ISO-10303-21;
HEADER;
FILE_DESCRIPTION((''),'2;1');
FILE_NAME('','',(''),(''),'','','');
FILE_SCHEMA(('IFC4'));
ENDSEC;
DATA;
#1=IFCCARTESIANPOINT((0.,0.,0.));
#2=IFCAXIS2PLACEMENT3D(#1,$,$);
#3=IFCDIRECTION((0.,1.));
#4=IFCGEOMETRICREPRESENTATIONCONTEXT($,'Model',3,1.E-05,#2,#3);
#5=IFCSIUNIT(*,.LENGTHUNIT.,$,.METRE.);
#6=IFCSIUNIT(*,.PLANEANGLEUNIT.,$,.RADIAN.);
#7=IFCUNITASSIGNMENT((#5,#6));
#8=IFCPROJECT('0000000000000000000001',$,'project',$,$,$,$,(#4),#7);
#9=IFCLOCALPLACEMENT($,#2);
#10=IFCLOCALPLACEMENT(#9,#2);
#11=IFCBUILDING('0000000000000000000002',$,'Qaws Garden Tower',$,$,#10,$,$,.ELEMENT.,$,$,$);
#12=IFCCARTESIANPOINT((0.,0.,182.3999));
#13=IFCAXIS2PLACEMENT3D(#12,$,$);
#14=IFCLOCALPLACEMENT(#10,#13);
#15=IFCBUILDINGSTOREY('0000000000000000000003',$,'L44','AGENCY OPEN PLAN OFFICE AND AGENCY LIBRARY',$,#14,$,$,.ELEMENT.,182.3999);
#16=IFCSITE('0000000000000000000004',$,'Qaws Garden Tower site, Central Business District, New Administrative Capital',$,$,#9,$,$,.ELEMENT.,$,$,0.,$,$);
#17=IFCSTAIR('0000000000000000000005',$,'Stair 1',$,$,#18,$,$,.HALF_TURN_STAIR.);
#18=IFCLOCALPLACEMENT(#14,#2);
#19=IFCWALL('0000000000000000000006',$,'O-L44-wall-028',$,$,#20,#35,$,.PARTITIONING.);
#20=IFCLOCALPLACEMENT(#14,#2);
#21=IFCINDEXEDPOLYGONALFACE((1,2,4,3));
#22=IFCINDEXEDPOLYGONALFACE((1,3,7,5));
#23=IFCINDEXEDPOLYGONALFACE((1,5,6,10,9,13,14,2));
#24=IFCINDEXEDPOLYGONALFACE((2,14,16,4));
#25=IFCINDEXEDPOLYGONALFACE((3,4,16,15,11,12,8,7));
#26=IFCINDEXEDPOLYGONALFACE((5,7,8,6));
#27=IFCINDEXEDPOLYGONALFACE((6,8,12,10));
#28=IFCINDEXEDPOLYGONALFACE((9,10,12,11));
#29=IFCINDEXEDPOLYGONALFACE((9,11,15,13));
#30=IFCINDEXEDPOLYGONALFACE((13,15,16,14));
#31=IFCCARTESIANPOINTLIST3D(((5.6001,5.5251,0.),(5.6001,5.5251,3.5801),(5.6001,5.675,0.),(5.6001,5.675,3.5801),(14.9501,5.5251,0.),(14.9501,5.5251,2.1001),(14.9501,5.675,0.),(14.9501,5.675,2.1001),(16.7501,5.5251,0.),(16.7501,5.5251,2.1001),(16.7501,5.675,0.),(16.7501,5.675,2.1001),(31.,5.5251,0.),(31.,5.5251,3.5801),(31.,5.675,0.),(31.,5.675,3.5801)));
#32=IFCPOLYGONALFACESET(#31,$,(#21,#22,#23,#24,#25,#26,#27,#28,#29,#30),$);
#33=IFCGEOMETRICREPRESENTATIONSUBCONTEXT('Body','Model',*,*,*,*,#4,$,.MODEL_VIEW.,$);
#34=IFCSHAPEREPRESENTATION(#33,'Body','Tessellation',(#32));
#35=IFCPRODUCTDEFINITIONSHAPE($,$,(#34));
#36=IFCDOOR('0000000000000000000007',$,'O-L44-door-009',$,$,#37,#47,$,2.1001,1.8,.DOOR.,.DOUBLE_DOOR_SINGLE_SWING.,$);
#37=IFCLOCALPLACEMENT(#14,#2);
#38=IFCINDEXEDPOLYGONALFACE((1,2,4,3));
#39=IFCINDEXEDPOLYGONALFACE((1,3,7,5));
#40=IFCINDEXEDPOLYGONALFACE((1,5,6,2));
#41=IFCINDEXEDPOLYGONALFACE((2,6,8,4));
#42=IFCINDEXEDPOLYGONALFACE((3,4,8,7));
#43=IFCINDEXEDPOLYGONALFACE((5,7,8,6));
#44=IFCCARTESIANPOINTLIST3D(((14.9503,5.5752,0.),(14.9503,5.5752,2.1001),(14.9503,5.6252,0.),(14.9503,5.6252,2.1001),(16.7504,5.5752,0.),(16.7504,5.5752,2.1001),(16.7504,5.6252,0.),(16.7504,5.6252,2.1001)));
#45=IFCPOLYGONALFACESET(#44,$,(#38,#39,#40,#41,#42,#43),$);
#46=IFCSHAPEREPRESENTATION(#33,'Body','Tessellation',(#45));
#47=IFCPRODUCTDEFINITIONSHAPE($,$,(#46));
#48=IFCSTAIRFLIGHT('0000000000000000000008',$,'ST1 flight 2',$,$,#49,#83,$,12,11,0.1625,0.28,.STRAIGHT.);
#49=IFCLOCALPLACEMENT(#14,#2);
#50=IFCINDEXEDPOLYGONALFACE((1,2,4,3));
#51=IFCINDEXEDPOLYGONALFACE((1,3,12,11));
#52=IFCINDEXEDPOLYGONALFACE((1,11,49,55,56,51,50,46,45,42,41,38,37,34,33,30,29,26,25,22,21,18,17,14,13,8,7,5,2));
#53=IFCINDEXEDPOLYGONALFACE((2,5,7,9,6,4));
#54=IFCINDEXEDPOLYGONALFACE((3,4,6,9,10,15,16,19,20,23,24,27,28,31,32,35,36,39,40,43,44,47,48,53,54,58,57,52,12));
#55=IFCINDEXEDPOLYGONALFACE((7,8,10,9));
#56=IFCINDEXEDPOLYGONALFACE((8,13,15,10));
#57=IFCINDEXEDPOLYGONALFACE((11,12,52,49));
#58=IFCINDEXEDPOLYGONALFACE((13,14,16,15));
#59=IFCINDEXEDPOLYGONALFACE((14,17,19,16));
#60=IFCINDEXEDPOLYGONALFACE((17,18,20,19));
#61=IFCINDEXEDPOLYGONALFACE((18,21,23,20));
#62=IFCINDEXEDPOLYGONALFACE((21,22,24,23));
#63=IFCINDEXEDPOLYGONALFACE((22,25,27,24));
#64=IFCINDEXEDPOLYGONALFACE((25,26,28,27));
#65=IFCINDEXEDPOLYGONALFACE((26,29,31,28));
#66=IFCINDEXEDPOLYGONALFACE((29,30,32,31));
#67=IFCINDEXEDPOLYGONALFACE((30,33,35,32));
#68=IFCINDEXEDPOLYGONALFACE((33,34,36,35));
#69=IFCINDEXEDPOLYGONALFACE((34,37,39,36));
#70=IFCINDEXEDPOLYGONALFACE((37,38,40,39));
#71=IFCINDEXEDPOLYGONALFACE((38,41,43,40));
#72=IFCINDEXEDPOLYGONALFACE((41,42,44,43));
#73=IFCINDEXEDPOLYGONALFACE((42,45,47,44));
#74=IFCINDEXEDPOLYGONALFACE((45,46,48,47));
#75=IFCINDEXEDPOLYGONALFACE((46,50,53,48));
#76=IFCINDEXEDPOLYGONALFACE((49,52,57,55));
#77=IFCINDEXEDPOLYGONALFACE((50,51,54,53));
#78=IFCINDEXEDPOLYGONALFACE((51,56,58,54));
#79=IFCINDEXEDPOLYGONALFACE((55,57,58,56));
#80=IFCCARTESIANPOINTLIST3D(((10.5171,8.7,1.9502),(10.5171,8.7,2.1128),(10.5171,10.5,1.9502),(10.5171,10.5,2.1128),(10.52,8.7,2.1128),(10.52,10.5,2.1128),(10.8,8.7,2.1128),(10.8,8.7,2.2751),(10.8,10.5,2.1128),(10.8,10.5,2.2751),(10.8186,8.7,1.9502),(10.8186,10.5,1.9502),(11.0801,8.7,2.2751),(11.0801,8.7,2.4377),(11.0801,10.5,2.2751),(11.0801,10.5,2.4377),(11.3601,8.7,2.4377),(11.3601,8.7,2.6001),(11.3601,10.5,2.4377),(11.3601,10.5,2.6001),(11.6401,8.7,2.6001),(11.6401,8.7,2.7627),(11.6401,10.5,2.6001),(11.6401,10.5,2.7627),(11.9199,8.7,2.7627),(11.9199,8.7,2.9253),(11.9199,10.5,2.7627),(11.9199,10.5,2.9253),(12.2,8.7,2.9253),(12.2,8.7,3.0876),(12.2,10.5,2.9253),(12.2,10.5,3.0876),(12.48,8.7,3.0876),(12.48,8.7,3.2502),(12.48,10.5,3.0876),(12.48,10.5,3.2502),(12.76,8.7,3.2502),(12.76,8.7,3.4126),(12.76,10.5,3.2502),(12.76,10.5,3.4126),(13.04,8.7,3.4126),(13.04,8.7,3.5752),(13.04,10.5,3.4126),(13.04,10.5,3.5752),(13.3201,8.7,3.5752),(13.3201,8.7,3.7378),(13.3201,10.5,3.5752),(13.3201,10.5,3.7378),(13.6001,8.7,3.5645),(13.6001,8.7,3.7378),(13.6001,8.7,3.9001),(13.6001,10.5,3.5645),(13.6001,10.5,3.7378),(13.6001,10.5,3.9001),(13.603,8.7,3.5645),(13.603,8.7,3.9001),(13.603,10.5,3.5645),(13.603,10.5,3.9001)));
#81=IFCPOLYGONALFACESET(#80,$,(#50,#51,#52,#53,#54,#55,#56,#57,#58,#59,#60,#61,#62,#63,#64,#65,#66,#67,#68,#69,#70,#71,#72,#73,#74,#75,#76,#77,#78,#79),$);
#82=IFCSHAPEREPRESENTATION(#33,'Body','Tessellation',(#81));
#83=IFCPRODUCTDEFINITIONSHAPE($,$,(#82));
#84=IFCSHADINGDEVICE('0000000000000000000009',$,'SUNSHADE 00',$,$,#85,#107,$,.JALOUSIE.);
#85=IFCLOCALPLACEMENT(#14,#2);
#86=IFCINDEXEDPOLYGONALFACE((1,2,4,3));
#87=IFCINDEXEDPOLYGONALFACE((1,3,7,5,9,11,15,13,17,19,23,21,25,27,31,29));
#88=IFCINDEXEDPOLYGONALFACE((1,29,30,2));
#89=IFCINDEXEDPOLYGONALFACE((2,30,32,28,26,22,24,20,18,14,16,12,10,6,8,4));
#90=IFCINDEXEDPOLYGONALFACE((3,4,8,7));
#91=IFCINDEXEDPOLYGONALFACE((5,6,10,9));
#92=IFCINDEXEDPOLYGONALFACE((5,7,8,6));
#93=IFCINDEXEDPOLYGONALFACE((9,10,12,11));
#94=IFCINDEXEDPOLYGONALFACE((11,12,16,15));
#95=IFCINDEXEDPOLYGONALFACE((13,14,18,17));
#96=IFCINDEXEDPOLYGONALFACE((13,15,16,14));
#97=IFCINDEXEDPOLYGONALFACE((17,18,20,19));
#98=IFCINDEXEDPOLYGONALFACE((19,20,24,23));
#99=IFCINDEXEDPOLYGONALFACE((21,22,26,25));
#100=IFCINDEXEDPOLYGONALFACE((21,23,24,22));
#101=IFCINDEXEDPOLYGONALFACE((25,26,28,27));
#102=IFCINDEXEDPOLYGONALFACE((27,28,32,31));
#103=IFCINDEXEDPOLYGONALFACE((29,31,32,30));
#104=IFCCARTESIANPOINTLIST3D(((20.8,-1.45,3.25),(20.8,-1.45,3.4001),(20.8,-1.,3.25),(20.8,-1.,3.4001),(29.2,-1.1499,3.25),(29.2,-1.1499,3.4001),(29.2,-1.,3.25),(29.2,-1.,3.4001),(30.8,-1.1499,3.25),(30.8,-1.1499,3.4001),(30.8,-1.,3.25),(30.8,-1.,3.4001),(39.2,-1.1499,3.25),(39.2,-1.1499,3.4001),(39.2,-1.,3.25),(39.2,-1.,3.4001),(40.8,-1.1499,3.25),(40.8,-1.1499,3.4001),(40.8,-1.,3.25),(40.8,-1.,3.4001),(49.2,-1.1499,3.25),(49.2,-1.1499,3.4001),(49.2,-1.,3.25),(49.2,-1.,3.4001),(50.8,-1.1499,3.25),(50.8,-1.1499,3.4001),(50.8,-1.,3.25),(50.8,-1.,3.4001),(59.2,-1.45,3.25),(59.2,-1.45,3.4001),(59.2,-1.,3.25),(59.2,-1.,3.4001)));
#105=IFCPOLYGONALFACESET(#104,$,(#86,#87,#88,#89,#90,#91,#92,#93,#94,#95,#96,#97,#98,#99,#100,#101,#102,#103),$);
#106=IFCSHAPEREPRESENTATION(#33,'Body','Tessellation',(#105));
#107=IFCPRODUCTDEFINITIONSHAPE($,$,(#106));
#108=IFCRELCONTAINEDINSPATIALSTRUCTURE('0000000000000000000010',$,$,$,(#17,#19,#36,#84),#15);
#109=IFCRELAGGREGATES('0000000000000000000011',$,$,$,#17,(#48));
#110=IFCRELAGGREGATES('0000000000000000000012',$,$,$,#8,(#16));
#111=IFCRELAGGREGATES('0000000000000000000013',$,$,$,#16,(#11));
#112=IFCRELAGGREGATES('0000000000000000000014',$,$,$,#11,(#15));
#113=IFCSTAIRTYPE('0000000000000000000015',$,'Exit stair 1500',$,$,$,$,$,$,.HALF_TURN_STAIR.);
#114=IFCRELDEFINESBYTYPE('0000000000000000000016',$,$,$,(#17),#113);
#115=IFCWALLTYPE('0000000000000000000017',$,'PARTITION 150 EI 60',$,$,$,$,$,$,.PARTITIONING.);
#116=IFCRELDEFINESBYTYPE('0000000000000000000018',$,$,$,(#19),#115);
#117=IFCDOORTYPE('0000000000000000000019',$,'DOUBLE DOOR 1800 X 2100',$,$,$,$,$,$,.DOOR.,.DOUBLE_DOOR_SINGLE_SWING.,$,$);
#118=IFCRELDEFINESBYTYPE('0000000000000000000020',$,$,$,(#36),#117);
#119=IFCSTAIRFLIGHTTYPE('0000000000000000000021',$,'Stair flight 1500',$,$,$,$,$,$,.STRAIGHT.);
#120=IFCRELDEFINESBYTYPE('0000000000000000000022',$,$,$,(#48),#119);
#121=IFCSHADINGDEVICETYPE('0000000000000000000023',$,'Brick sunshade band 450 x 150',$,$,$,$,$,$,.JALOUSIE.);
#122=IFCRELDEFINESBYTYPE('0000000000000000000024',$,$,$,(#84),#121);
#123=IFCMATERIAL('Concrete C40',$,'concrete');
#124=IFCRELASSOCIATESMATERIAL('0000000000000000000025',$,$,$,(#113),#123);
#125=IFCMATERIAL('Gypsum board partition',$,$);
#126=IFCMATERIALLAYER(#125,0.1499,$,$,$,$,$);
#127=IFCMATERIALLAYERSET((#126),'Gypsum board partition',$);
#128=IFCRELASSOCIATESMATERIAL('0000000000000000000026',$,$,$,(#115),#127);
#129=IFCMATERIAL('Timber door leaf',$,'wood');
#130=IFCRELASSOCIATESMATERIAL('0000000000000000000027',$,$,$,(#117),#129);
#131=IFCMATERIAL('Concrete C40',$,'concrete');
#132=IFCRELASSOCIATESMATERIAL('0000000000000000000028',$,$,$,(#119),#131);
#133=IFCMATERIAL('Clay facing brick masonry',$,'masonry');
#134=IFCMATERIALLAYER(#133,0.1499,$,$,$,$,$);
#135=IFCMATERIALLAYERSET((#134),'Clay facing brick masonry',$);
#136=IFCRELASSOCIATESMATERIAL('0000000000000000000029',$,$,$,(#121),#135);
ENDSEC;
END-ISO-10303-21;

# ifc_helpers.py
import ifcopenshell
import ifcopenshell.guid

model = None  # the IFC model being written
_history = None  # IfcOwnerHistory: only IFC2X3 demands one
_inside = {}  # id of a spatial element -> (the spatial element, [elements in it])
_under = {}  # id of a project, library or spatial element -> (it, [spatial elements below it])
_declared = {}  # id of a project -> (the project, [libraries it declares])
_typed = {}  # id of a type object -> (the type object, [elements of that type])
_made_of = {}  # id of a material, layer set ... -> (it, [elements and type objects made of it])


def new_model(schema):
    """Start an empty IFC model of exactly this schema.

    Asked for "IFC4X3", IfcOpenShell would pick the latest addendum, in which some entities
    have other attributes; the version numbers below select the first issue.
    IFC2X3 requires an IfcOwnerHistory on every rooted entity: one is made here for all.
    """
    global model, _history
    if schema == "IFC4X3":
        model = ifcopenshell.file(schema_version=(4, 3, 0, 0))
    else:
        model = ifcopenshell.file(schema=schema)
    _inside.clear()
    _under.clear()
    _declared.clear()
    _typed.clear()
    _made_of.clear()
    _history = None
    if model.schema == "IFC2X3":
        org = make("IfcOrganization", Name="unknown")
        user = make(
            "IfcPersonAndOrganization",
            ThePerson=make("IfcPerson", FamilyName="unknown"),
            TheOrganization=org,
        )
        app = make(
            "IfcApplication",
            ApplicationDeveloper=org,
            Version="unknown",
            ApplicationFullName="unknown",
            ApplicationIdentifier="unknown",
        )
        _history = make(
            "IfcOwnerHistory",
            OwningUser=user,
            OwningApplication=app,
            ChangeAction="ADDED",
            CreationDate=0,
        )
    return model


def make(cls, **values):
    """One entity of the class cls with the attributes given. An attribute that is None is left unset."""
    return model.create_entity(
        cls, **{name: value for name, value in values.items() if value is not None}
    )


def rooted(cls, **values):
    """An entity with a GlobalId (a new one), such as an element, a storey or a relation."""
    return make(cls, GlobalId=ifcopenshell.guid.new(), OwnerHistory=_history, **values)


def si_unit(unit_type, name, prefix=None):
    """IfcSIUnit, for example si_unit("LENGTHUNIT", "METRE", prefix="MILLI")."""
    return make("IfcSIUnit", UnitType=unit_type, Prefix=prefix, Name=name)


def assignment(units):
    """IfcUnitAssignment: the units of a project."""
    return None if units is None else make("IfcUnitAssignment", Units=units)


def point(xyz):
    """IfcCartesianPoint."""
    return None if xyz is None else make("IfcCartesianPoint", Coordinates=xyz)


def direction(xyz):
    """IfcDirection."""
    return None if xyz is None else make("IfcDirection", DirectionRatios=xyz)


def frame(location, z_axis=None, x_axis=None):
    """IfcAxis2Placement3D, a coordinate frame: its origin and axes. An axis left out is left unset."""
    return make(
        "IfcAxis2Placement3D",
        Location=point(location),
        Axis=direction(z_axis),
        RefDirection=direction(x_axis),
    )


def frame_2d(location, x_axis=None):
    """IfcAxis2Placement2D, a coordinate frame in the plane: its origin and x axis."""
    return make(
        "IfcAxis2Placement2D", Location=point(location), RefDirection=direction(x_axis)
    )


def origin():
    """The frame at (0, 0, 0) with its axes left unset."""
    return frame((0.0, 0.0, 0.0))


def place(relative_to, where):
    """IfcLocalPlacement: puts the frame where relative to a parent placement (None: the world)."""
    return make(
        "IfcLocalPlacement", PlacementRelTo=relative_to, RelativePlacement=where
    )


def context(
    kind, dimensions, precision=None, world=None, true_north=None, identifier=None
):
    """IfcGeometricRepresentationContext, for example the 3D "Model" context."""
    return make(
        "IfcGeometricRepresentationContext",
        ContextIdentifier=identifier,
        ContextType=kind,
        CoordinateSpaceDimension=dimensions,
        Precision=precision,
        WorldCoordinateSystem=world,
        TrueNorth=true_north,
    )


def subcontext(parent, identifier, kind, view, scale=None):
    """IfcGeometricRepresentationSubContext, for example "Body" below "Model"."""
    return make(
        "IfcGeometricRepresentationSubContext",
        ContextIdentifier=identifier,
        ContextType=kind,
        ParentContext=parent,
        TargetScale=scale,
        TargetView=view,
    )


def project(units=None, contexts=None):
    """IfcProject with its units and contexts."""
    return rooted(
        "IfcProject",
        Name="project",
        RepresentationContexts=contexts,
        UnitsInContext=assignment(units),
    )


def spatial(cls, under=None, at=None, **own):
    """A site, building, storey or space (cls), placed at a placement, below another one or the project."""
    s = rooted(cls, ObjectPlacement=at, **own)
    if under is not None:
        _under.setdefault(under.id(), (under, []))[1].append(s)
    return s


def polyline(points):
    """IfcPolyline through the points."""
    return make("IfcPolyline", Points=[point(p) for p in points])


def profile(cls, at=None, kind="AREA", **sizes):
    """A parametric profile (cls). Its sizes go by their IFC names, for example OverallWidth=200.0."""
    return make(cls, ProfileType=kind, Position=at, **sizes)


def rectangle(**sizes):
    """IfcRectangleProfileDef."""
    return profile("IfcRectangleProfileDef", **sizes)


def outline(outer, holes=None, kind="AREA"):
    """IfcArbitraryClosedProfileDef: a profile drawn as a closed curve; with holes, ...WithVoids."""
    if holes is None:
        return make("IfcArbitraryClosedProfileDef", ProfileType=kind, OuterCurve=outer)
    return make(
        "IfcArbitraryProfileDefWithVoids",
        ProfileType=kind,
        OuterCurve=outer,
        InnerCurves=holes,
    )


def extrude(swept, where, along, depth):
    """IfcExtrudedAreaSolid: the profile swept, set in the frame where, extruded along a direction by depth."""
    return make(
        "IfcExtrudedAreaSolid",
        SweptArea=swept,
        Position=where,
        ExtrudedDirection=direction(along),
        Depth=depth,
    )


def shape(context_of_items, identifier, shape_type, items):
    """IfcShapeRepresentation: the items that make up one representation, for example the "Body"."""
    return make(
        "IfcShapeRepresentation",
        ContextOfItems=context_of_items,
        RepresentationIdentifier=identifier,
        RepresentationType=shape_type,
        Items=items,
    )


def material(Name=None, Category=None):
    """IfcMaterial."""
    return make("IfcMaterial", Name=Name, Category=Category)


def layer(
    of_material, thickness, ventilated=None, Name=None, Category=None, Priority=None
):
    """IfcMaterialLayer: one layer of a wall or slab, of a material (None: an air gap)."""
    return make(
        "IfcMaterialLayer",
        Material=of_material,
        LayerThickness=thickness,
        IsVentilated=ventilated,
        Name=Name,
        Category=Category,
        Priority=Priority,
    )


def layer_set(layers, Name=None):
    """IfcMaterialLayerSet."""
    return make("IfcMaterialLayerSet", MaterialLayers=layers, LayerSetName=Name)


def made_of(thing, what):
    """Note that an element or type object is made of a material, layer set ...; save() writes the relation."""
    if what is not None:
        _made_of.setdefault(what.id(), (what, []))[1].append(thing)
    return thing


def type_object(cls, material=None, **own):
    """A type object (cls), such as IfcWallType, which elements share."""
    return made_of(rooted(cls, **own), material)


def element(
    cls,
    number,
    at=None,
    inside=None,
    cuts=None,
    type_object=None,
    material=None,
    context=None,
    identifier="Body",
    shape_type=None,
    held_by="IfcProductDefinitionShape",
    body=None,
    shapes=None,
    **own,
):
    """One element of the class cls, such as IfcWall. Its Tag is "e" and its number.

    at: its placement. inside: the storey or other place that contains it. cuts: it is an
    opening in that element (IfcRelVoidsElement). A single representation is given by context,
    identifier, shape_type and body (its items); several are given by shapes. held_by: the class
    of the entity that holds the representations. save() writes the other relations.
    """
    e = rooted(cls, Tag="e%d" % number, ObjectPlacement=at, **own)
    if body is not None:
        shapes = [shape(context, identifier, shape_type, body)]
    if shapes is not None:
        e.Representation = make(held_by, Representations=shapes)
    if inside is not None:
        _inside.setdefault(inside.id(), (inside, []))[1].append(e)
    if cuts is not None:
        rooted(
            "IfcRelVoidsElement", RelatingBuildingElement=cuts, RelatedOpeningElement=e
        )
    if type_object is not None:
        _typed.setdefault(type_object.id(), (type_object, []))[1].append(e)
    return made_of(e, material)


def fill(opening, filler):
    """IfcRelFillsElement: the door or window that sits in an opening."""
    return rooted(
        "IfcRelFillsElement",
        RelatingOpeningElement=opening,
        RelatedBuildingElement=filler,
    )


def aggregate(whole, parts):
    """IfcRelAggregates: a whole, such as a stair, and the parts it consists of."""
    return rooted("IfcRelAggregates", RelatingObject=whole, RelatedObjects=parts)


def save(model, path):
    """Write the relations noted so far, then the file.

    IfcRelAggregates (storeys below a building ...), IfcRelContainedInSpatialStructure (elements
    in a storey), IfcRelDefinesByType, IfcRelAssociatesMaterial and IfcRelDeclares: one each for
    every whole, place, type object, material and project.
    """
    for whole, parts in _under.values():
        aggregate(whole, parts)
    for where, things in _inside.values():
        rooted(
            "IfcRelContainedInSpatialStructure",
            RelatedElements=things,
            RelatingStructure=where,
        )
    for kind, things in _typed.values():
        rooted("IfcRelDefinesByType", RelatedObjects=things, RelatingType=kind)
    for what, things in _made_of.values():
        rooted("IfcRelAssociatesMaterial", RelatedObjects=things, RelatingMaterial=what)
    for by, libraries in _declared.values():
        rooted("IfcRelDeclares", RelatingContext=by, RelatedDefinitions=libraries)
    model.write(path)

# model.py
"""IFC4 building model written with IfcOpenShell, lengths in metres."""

from ifc_helpers import new_model, si_unit, direction, frame, frame_2d, origin, place, context, subcontext, project, spatial, polyline, rectangle, outline, extrude, material, layer, layer_set, type_object, element, fill, aggregate, save


model = new_model("IFC4")

# Units and contexts
model_context = context("Model", 3, precision=1e-05, world=origin(), true_north=direction((0.0, 1.0)))
body_context = subcontext(model_context, "Body", "Model", "MODEL_VIEW")
ifc_project = project(units=[si_unit("LENGTHUNIT", "METRE"), si_unit("PLANEANGLEUNIT", "RADIAN")], contexts=[model_context])

# Site, building, storey
site_placement = place(None, origin())
site = spatial("IfcSite", under=ifc_project, at=site_placement, Name="Qaws Garden Tower site, Central Business District, New Administrative Capital", CompositionType="ELEMENT", RefElevation=0.0)
building_placement = place(site_placement, origin())
building = spatial("IfcBuilding", under=site, at=building_placement, Name="Qaws Garden Tower", CompositionType="ELEMENT")
storey_placement = place(building_placement, frame((0.0, 0.0, 182.3999)))
storey = spatial("IfcBuildingStorey", under=building, at=storey_placement, Name="L44", Description="AGENCY OPEN PLAN OFFICE AND AGENCY LIBRARY", CompositionType="ELEMENT", Elevation=182.3999)

# Stair
ifc_material_1 = material(Name="Concrete C40", Category="concrete")
stair_type_1 = type_object("IfcStairType", Name="Exit stair 1500", PredefinedType="HALF_TURN_STAIR", material=ifc_material_1)
placement_1 = place(storey_placement, origin())
stair_1 = element("IfcStair", 1, at=placement_1, inside=storey, type_object=stair_type_1, Name="Stair 1", PredefinedType="HALF_TURN_STAIR")

# Shared definitions
ifc_material_2 = material(Name="Gypsum board partition")
ifc_layer_1 = layer(ifc_material_2, 0.1499)
ifc_layer_set_1 = layer_set([ifc_layer_1], Name="Gypsum board partition")
wall_type_1 = type_object("IfcWallType", Name="PARTITION 150 EI 60", PredefinedType="PARTITIONING", material=ifc_layer_set_1)

# Wall, opening, door
wall_1_placement = place(storey_placement, frame((5.6001, 5.6001, 0.0), z_axis=(0.0, 0.0, 1.0), x_axis=(1.0, 0.0, 0.0)))
wall_1 = element("IfcWall", 2, at=wall_1_placement, inside=storey, type_object=wall_type_1, Name="O-L44-wall-028", PredefinedType="PARTITIONING", context=body_context, shape_type="SweptSolid", body=[
    extrude(rectangle(XDim=25.3999, YDim=0.1499, at=frame_2d((12.7, 0.0))), origin(), (0.0, 0.0, 1.0), 3.5801),
])
opening_1_placement = place(wall_1_placement, frame((9.3501, 0.0, 0.0)))
opening_1 = element("IfcOpeningElement", 3, at=opening_1_placement, cuts=wall_1, PredefinedType="OPENING", context=body_context, shape_type="SweptSolid", body=[
    extrude(rectangle(XDim=1.8, YDim=2.1001, at=frame_2d((0.8999, 1.05))), frame((0.0, 0.085, 0.0), z_axis=(0.0, -1.0, 0.0), x_axis=(1.0, 0.0, 0.0)), (0.0, 0.0, 1.0), 0.1699),
])
ifc_material_3 = material(Name="Timber door leaf", Category="wood")
door_type_1 = type_object("IfcDoorType", Name="DOUBLE DOOR 1800 X 2100", OperationType="DOUBLE_DOOR_SINGLE_SWING", PredefinedType="DOOR", material=ifc_material_3)
door_1_placement = place(opening_1_placement, frame((1.8, 0.0, 0.0), z_axis=(0.0, 0.0, 1.0), x_axis=(-1.0, 0.0, 0.0)))
door_1 = element("IfcDoor", 4, at=door_1_placement, inside=storey, type_object=door_type_1, Name="O-L44-door-009", OperationType="DOUBLE_DOOR_SINGLE_SWING", OverallHeight=2.1001, OverallWidth=1.8, PredefinedType="DOOR", context=body_context, shape_type="SweptSolid", body=[
    extrude(rectangle(XDim=1.8, YDim=2.1001, at=frame_2d((0.8999, 1.05))), frame((0.0, 0.0249, 0.0), z_axis=(0.0, -1.0, 0.0), x_axis=(1.0, 0.0, 0.0)), (0.0, 0.0, 1.0), 0.05),
])
fill(opening_1, door_1)

# Stair flight
ifc_material_4 = material(Name="Concrete C40", Category="concrete")
stair_flight_type = type_object("IfcStairFlightType", Name="Stair flight 1500", PredefinedType="STRAIGHT", material=ifc_material_4)
stair_flight_placement = place(storey_placement, frame((10.52, 9.6001, 1.9502), z_axis=(0.0, 0.0, 1.0), x_axis=(1.0, 0.0, 0.0)))
stair_flight = element("IfcStairFlight", 5, at=stair_flight_placement, type_object=stair_flight_type, Name="ST1 flight 2", NumberOfRisers=12, NumberOfTreads=11, PredefinedType="STRAIGHT", RiserHeight=0.1625, TreadLength=0.28, context=body_context, shape_type="SweptSolid", body=[
    extrude(outline(polyline([(-0.0029, 0.0), (-0.0029, 0.1626), (0.0, 0.1626), (0.28, 0.1626), (0.28, 0.325), (0.5601, 0.325), (0.5601, 0.4875), (0.8401, 0.4875), (0.8401, 0.6499), (1.1201, 0.6499), (1.1201, 0.8125), (1.3999, 0.8125), (1.3999, 0.9751), (1.6799, 0.9751), (1.6799, 1.1375), (1.96, 1.1375), (1.96, 1.3), (2.24, 1.3), (2.24, 1.4624), (2.52, 1.4624), (2.52, 1.625), (2.8, 1.625), (2.8, 1.7876), (3.0801, 1.7876), (3.0801, 1.95), (3.083, 1.95), (3.083, 1.6143), (3.0801, 1.6143), (0.2986, 0.0), (-0.0029, 0.0)])), frame((0.0, 0.8999, 0.0), z_axis=(0.0, -1.0, 0.0), x_axis=(1.0, 0.0, 0.0)), (0.0, 0.0, 1.0), 1.8),
])
aggregate(stair_1, [stair_flight])

# Shading device
ifc_material_5 = material(Name="Clay facing brick masonry", Category="masonry")
ifc_layer_2 = layer(ifc_material_5, 0.1499)
ifc_layer_set_2 = layer_set([ifc_layer_2], Name="Clay facing brick masonry")
shading_device_type = type_object("IfcShadingDeviceType", Name="Brick sunshade band 450 x 150", PredefinedType="JALOUSIE", material=ifc_layer_set_2)
shading_device_placement = place(storey_placement, frame((0.0, 0.0, 3.25)))
element("IfcShadingDevice", 6, at=shading_device_placement, inside=storey, type_object=shading_device_type, Name="SUNSHADE 00", PredefinedType="JALOUSIE", context=body_context, shape_type="SweptSolid", body=[
    extrude(outline(polyline([(20.8, -1.0), (20.8, -1.45), (59.2, -1.45), (59.2, -1.0), (50.8, -1.0), (50.8, -1.1499), (49.2, -1.1499), (49.2, -1.0), (40.8, -1.0), (40.8, -1.1499), (39.2, -1.1499), (39.2, -1.0), (30.8, -1.0), (30.8, -1.1499), (29.2, -1.1499), (29.2, -1.0), (20.8, -1.0)])), origin(), (0.0, 0.0, 1.0), 0.1501),
])

save(model, "model.ifc")
